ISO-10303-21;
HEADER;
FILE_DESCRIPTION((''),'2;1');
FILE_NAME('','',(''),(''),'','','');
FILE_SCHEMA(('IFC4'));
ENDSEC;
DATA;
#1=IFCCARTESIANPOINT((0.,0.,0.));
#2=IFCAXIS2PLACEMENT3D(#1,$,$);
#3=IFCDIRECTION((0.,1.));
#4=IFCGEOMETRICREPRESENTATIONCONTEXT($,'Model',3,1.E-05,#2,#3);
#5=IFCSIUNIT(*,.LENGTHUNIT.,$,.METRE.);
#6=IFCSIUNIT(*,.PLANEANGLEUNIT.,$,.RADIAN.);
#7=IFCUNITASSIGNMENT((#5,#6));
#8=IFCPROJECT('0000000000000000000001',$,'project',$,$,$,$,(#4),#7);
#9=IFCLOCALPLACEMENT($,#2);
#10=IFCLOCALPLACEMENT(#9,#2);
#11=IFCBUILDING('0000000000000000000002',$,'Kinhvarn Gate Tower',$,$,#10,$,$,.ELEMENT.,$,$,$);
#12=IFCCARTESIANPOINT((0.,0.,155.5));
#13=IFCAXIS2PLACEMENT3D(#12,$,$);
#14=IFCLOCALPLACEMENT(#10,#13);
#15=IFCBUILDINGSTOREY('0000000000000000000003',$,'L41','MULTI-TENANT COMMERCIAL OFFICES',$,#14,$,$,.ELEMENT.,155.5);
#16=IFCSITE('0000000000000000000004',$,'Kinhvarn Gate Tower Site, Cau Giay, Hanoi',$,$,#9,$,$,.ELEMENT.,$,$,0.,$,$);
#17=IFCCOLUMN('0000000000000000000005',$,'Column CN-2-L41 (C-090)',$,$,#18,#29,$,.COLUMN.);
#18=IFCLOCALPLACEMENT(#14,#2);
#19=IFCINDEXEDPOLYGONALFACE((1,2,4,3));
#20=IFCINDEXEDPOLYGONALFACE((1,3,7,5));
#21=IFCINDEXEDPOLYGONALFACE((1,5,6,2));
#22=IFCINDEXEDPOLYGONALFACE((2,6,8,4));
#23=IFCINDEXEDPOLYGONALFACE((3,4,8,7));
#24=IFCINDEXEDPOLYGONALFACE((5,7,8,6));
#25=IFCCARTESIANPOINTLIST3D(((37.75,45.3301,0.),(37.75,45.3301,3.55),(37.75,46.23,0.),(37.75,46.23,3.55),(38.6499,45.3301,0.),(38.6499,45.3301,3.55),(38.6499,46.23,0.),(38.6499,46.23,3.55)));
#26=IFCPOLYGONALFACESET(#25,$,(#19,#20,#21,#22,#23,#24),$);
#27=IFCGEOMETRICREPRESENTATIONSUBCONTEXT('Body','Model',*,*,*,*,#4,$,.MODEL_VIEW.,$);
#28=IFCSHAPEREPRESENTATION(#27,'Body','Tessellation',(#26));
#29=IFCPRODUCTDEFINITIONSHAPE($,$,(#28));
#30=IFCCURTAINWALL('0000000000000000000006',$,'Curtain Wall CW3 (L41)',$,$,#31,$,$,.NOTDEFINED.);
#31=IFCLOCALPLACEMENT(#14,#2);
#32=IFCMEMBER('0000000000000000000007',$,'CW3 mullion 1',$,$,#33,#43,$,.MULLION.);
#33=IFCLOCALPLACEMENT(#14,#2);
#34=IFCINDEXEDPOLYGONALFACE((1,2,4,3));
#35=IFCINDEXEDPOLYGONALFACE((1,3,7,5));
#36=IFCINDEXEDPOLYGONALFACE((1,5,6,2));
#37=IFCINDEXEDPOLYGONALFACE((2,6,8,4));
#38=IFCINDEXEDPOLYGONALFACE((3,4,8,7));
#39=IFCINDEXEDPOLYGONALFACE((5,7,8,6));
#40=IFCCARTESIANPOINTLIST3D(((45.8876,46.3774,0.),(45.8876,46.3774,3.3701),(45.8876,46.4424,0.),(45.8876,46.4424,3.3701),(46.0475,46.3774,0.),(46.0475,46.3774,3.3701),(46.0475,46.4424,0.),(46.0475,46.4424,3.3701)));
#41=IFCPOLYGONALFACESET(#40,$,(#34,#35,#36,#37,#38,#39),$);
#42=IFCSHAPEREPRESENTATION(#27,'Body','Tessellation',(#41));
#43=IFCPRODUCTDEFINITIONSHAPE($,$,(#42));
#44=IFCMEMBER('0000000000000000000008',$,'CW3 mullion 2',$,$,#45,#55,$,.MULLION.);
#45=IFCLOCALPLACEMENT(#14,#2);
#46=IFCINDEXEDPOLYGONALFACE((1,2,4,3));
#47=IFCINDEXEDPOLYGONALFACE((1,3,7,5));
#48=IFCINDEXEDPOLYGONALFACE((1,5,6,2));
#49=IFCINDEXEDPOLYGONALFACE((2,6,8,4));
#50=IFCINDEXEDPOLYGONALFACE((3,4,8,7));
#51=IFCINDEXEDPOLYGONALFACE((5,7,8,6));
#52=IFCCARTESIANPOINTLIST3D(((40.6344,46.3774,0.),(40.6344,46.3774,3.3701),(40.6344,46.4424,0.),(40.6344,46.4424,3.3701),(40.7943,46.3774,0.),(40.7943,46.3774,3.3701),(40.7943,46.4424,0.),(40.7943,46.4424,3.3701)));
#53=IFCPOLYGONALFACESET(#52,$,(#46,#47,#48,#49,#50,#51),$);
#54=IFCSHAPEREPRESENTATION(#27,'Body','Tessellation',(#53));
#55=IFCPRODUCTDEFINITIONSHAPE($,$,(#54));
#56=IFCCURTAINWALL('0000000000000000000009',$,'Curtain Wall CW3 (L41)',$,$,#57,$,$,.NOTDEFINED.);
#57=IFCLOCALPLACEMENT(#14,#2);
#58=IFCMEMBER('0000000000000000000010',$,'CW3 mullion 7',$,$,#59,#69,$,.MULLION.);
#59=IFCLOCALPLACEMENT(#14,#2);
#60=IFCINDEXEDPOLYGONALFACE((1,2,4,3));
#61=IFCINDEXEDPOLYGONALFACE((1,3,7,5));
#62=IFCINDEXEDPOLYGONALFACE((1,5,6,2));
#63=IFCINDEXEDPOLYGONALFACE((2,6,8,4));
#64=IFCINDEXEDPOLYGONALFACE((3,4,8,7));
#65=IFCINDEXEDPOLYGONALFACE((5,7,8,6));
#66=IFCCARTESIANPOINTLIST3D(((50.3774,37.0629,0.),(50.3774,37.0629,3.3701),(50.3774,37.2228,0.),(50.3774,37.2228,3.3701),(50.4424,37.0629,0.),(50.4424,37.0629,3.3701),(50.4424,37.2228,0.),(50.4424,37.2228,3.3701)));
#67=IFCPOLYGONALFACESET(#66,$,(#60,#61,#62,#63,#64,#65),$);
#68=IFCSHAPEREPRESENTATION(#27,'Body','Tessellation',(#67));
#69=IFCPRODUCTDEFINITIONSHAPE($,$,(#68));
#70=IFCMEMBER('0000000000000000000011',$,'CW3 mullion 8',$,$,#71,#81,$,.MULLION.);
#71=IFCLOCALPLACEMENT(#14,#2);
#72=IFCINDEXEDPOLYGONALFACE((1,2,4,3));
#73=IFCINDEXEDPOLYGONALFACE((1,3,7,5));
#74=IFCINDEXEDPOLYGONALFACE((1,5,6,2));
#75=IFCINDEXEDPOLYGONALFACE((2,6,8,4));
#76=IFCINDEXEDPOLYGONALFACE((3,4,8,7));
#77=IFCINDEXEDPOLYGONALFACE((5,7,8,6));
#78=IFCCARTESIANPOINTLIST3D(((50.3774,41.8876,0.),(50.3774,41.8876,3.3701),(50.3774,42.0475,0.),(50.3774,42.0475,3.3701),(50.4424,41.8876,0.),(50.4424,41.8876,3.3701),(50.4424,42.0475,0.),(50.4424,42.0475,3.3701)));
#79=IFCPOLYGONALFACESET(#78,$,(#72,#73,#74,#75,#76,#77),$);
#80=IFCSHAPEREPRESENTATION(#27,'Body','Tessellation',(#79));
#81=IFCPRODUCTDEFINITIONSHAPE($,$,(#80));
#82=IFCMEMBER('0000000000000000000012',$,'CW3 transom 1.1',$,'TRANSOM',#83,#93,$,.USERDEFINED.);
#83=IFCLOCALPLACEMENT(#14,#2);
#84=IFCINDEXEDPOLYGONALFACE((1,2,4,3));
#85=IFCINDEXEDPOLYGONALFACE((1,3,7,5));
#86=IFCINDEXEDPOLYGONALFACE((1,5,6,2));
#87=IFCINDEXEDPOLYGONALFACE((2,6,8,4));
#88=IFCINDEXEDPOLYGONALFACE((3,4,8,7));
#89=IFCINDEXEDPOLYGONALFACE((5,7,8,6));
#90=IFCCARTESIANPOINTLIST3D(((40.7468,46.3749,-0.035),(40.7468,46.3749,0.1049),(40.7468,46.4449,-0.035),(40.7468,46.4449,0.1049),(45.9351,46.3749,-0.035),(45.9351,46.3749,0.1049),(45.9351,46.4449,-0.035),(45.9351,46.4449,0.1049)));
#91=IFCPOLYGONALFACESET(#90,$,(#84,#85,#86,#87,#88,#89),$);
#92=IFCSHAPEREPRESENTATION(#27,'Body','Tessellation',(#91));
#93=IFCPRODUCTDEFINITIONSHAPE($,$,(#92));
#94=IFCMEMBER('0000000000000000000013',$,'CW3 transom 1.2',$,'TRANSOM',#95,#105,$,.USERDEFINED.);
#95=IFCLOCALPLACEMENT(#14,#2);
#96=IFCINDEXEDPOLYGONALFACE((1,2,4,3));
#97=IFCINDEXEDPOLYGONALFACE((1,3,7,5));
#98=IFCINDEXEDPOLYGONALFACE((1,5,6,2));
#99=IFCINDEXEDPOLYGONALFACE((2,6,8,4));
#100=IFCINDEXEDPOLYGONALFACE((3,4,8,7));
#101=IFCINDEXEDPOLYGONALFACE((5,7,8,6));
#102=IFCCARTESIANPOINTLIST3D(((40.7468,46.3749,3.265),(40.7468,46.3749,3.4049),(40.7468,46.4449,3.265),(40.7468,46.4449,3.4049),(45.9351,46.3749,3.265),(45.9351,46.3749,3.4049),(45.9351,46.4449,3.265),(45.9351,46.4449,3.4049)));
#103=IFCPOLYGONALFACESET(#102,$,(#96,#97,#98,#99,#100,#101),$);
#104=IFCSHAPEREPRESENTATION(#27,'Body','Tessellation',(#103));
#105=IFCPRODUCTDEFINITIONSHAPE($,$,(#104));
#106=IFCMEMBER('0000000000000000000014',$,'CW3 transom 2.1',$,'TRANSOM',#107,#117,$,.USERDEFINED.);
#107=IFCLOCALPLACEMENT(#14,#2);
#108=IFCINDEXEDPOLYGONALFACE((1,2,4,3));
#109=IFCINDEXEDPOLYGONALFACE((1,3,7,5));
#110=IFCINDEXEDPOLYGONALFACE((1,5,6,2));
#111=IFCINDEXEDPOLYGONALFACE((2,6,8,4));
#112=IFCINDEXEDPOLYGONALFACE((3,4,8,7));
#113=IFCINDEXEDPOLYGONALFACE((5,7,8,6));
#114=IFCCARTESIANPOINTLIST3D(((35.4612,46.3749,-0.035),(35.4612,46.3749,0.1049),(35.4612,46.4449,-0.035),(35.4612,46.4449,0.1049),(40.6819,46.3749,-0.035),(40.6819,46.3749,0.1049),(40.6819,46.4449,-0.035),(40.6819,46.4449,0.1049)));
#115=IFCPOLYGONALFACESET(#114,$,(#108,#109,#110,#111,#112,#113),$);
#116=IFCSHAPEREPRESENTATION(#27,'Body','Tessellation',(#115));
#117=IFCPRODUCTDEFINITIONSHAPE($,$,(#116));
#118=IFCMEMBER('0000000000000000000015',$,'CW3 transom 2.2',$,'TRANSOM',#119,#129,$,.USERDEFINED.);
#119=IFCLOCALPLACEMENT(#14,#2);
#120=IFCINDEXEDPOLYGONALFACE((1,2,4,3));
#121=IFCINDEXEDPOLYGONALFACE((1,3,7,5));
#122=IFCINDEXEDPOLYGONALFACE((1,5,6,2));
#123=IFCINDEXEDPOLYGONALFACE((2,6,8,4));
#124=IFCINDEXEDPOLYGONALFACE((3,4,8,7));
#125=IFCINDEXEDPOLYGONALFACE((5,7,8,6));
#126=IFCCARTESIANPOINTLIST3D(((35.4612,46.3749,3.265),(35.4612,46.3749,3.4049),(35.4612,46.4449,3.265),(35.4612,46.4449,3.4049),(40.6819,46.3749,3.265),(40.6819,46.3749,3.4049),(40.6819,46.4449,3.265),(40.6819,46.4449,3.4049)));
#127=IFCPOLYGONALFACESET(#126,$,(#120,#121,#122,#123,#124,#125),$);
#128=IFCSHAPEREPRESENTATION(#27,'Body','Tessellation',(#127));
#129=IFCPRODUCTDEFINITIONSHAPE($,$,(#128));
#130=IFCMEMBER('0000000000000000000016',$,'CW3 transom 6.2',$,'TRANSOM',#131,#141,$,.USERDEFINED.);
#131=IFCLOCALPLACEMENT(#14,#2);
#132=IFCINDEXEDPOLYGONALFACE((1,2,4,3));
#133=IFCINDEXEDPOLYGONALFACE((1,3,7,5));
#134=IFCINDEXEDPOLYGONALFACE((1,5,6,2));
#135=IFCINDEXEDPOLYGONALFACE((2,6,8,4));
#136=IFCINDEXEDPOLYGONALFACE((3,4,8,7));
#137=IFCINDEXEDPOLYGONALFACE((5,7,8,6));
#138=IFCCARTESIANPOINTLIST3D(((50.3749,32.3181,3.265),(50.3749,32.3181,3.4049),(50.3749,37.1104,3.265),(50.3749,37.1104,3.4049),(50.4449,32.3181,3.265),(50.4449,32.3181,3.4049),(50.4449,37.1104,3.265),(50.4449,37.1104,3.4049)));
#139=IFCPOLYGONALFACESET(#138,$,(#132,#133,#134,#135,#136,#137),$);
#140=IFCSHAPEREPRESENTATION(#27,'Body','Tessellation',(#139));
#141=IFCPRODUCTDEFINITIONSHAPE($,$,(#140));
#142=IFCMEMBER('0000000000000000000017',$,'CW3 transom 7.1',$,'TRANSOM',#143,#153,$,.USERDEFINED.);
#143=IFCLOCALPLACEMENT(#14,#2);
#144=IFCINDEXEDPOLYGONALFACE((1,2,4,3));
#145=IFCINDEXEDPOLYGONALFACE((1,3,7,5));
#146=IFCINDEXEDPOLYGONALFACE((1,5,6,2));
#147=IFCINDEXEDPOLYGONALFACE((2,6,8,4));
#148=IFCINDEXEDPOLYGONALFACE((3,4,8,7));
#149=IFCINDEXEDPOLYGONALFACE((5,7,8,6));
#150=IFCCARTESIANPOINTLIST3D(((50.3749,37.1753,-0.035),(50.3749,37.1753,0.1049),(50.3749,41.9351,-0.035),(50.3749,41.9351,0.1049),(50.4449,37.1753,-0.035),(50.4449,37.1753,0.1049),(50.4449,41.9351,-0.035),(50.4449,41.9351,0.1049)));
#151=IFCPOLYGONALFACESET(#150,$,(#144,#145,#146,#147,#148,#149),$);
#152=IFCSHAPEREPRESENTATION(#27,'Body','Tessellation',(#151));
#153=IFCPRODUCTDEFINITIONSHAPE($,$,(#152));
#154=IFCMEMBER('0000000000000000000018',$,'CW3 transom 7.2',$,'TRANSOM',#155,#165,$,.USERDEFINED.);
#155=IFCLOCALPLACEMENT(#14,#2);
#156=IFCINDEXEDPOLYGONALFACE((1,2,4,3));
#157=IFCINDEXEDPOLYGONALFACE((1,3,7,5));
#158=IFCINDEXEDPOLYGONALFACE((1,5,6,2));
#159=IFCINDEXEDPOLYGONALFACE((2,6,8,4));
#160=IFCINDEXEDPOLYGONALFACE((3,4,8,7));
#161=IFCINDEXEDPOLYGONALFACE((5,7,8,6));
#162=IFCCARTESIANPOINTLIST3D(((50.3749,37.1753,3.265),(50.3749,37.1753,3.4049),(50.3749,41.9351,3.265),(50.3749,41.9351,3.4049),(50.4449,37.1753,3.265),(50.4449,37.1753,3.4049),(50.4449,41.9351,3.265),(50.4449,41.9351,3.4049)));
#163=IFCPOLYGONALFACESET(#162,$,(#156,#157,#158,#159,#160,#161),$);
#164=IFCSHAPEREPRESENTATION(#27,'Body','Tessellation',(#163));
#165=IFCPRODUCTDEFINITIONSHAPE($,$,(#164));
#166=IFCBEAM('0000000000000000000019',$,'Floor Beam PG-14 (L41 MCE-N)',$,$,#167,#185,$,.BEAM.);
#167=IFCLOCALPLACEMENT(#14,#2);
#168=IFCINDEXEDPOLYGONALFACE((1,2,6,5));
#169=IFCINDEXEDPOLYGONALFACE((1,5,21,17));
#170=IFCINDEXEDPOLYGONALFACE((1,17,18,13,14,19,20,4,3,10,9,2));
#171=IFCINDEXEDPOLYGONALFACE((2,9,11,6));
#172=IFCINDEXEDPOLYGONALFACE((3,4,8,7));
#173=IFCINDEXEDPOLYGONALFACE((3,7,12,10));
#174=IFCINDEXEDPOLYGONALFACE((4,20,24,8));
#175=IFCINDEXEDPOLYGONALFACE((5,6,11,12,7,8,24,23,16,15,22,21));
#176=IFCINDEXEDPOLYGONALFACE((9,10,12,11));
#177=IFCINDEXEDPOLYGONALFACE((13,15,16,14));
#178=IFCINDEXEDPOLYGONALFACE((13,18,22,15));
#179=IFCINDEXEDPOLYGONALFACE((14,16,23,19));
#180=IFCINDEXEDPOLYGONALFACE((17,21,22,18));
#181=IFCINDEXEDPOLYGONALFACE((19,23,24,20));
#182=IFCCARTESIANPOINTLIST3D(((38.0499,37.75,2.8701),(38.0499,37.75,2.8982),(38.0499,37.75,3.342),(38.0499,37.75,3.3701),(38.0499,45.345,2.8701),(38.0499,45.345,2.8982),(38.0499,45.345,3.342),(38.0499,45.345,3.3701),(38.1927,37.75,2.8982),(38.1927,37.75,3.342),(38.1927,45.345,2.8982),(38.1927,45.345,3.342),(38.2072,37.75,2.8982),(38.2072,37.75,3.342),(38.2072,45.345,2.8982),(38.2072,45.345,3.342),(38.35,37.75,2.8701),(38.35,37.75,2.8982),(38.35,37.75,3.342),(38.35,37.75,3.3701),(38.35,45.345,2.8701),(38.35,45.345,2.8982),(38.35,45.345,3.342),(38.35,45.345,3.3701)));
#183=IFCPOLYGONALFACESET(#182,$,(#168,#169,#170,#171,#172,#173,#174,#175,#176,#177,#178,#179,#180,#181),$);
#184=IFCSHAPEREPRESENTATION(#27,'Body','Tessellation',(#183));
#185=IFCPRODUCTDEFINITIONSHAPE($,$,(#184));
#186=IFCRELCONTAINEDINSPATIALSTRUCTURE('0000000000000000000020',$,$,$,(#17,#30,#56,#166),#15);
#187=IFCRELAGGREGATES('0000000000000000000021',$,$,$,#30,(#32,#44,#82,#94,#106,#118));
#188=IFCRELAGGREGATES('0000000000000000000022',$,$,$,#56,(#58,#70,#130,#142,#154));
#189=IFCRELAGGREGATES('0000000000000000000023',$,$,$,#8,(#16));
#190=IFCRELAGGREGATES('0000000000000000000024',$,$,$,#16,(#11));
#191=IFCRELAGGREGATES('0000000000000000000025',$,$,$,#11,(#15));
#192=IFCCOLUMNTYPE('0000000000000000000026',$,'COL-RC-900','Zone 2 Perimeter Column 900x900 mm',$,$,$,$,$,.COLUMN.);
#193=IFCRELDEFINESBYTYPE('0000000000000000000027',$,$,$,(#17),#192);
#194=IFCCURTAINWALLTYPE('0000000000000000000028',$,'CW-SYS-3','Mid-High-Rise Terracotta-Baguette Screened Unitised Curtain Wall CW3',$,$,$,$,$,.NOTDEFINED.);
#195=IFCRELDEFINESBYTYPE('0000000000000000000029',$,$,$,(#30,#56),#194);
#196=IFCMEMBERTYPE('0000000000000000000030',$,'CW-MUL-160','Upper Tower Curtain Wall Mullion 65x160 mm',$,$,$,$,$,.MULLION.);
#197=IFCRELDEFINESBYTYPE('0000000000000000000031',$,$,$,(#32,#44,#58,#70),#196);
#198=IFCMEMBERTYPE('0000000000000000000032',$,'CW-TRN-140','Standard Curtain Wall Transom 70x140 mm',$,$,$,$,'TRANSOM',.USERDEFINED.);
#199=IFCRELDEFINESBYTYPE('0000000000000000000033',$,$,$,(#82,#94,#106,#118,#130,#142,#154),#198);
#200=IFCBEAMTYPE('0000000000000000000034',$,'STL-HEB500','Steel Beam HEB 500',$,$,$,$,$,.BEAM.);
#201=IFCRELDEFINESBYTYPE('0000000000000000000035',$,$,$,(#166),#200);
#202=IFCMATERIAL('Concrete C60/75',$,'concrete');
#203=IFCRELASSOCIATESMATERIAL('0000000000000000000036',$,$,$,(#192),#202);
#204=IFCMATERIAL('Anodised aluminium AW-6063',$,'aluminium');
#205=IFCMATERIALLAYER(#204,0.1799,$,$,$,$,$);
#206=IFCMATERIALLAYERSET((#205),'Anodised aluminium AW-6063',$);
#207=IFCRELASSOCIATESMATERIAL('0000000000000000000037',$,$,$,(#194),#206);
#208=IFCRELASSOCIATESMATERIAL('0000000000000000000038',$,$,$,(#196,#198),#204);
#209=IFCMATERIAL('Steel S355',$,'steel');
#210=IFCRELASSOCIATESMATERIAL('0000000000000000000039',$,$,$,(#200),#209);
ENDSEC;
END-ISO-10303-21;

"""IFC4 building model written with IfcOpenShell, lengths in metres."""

from ifc_helpers import new_model, si_unit, direction, frame, origin, origin_2d, place, context, subcontext, project, spatial, rectangle, i_section, extrude, material, layer, layer_set, material_profile, profile_set, type_object, element, aggregate, save


model = new_model("IFC4")

# Units and contexts
model_context = context("Model", 3, precision=1e-05, world=origin(), true_north=direction((0.0, 1.0)))
body_context = subcontext(model_context, "Body", "Model", "MODEL_VIEW")
ifc_project = project(units=[si_unit("LENGTHUNIT", "METRE"), si_unit("PLANEANGLEUNIT", "RADIAN")], contexts=[model_context])

# Site, building, storey
site_placement = place(None, origin())
site = spatial("IfcSite", under=ifc_project, at=site_placement, Name="Kinhvarn Gate Tower Site, Cau Giay, Hanoi", CompositionType="ELEMENT", RefElevation=0.0)
building_placement = place(site_placement, origin())
building = spatial("IfcBuilding", under=site, at=building_placement, Name="Kinhvarn Gate Tower", CompositionType="ELEMENT")
storey_placement = place(building_placement, frame((0.0, 0.0, 155.5)))
storey = spatial("IfcBuildingStorey", under=building, at=storey_placement, Name="L41", Description="MULTI-TENANT COMMERCIAL OFFICES", CompositionType="ELEMENT", Elevation=155.5)

# Column
ifc_material_1 = material(Name="Concrete C60/75", Category="concrete")
ifc_material_profile_1 = material_profile(ifc_material_1, rectangle(XDim=0.8999, YDim=0.8999, at=origin_2d()), Name="RC 900x900")
ifc_profile_set_1 = profile_set([ifc_material_profile_1], Name="Concrete C60/75")
column_type = type_object("IfcColumnType", Name="COL-RC-900", Description="Zone 2 Perimeter Column 900x900 mm", PredefinedType="COLUMN", material=ifc_profile_set_1)
column_placement = place(storey_placement, frame((38.2, 45.78, 0.0), z_axis=(0.0, 0.0, 1.0), x_axis=(1.0, 0.0, 0.0)))
element("IfcColumn", 1, at=column_placement, inside=storey, type_object=column_type, Name="Column CN-2-L41 (C-090)", PredefinedType="COLUMN", context=body_context, shape_type="SweptSolid", body=[
    extrude(rectangle(XDim=0.8999, YDim=0.8999, at=origin_2d()), origin(), (0.0, 0.0, 1.0), 3.55),
])

# Curtain walls, members
ifc_material_2 = material(Name="Anodised aluminium AW-6063", Category="aluminium")
ifc_layer_1 = layer(ifc_material_2, 0.1799)
ifc_layer_set_1 = layer_set([ifc_layer_1], Name="Anodised aluminium AW-6063")
curtain_wall_type = type_object("IfcCurtainWallType", Name="CW-SYS-3", Description="Mid-High-Rise Terracotta-Baguette Screened Unitised Curtain Wall CW3", PredefinedType="NOTDEFINED", material=ifc_layer_set_1)
curtain_wall_1_placement = place(storey_placement, origin())
curtain_wall_1 = element("IfcCurtainWall", 2, at=curtain_wall_1_placement, inside=storey, type_object=curtain_wall_type, Name="Curtain Wall CW3 (L41)", PredefinedType="NOTDEFINED")
ifc_material_profile_2 = material_profile(ifc_material_2, rectangle(XDim=0.0649, YDim=0.1599, at=origin_2d()), Name="ALU 65x160")
ifc_profile_set_2 = profile_set([ifc_material_profile_2], Name="Anodised aluminium AW-6063")
member_type_1 = type_object("IfcMemberType", Name="CW-MUL-160", Description="Upper Tower Curtain Wall Mullion 65x160 mm", PredefinedType="MULLION", material=ifc_profile_set_2)
member_1_placement = place(storey_placement, frame((45.9675, 46.4099, 0.0), z_axis=(0.0, 0.0, 1.0), x_axis=(0.0, -1.0, 0.0)))
member_1 = element("IfcMember", 3, at=member_1_placement, type_object=member_type_1, Name="CW3 mullion 1", PredefinedType="MULLION", context=body_context, shape_type="SweptSolid", body=[
    extrude(rectangle(XDim=0.0649, YDim=0.1599, at=origin_2d()), origin(), (0.0, 0.0, 1.0), 3.3701),
])
member_2_placement = place(storey_placement, frame((40.7144, 46.4099, 0.0), z_axis=(0.0, 0.0, 1.0), x_axis=(0.0, -1.0, 0.0)))
member_2 = element("IfcMember", 4, at=member_2_placement, type_object=member_type_1, Name="CW3 mullion 2", PredefinedType="MULLION", context=body_context, shape_type="SweptSolid", body=[
    extrude(rectangle(XDim=0.0649, YDim=0.1599, at=origin_2d()), origin(), (0.0, 0.0, 1.0), 3.3701),
])
curtain_wall_2_placement = place(storey_placement, origin())
curtain_wall_2 = element("IfcCurtainWall", 5, at=curtain_wall_2_placement, inside=storey, type_object=curtain_wall_type, Name="Curtain Wall CW3 (L41)", PredefinedType="NOTDEFINED")
member_3_placement = place(storey_placement, frame((50.4099, 37.1428, 0.0), z_axis=(0.0, 0.0, 1.0), x_axis=(-1.0, 0.0, 0.0)))
member_3 = element("IfcMember", 6, at=member_3_placement, type_object=member_type_1, Name="CW3 mullion 7", PredefinedType="MULLION", context=body_context, shape_type="SweptSolid", body=[
    extrude(rectangle(XDim=0.0649, YDim=0.1599, at=origin_2d()), origin(), (0.0, 0.0, 1.0), 3.3701),
])
member_4_placement = place(storey_placement, frame((50.4099, 41.9675, 0.0), z_axis=(0.0, 0.0, 1.0), x_axis=(-1.0, 0.0, 0.0)))
member_4 = element("IfcMember", 7, at=member_4_placement, type_object=member_type_1, Name="CW3 mullion 8", PredefinedType="MULLION", context=body_context, shape_type="SweptSolid", body=[
    extrude(rectangle(XDim=0.0649, YDim=0.1599, at=origin_2d()), origin(), (0.0, 0.0, 1.0), 3.3701),
])

# Members
ifc_material_profile_3 = material_profile(ifc_material_2, rectangle(XDim=0.0701, YDim=0.1399, at=origin_2d()), Name="ALU 70x140")
ifc_profile_set_3 = profile_set([ifc_material_profile_3], Name="Anodised aluminium AW-6063")
member_type_2 = type_object("IfcMemberType", Name="CW-TRN-140", Description="Standard Curtain Wall Transom 70x140 mm", ElementType="TRANSOM", PredefinedType="USERDEFINED", material=ifc_profile_set_3)
member_5_placement = place(storey_placement, frame((45.9351, 46.4099, 0.0349), z_axis=(-1.0, 0.0, 0.0), x_axis=(0.0, -1.0, 0.0)))
member_5 = element("IfcMember", 8, at=member_5_placement, type_object=member_type_2, Name="CW3 transom 1.1", ObjectType="TRANSOM", PredefinedType="USERDEFINED", context=body_context, shape_type="SweptSolid", body=[
    extrude(rectangle(XDim=0.0701, YDim=0.1399, at=origin_2d()), origin(), (0.0, 0.0, 1.0), 5.1882),
])
member_6_placement = place(storey_placement, frame((45.9351, 46.4099, 3.335), z_axis=(-1.0, 0.0, 0.0), x_axis=(0.0, -1.0, 0.0)))
member_6 = element("IfcMember", 9, at=member_6_placement, type_object=member_type_2, Name="CW3 transom 1.2", ObjectType="TRANSOM", PredefinedType="USERDEFINED", context=body_context, shape_type="SweptSolid", body=[
    extrude(rectangle(XDim=0.0701, YDim=0.1399, at=origin_2d()), origin(), (0.0, 0.0, 1.0), 5.1882),
])
member_7_placement = place(storey_placement, frame((40.6819, 46.4099, 0.0349), z_axis=(-1.0, 0.0, 0.0), x_axis=(0.0, -1.0, 0.0)))
member_7 = element("IfcMember", 10, at=member_7_placement, type_object=member_type_2, Name="CW3 transom 2.1", ObjectType="TRANSOM", PredefinedType="USERDEFINED", context=body_context, shape_type="SweptSolid", body=[
    extrude(rectangle(XDim=0.0701, YDim=0.1399, at=origin_2d()), origin(), (0.0, 0.0, 1.0), 5.2207),
])
member_8_placement = place(storey_placement, frame((40.6819, 46.4099, 3.335), z_axis=(-1.0, 0.0, 0.0), x_axis=(0.0, -1.0, 0.0)))
member_8 = element("IfcMember", 11, at=member_8_placement, type_object=member_type_2, Name="CW3 transom 2.2", ObjectType="TRANSOM", PredefinedType="USERDEFINED", context=body_context, shape_type="SweptSolid", body=[
    extrude(rectangle(XDim=0.0701, YDim=0.1399, at=origin_2d()), origin(), (0.0, 0.0, 1.0), 5.2207),
])
member_9_placement = place(storey_placement, frame((50.4099, 32.3181, 3.335), z_axis=(0.0, 1.0, 0.0), x_axis=(-1.0, 0.0, 0.0)))
member_9 = element("IfcMember", 12, at=member_9_placement, type_object=member_type_2, Name="CW3 transom 6.2", ObjectType="TRANSOM", PredefinedType="USERDEFINED", context=body_context, shape_type="SweptSolid", body=[
    extrude(rectangle(XDim=0.0701, YDim=0.1399, at=origin_2d()), origin(), (0.0, 0.0, 1.0), 4.7922),
])
member_10_placement = place(storey_placement, frame((50.4099, 37.1753, 0.0349), z_axis=(0.0, 1.0, 0.0), x_axis=(-1.0, 0.0, 0.0)))
member_10 = element("IfcMember", 13, at=member_10_placement, type_object=member_type_2, Name="CW3 transom 7.1", ObjectType="TRANSOM", PredefinedType="USERDEFINED", context=body_context, shape_type="SweptSolid", body=[
    extrude(rectangle(XDim=0.0701, YDim=0.1399, at=origin_2d()), origin(), (0.0, 0.0, 1.0), 4.7598),
])
member_11_placement = place(storey_placement, frame((50.4099, 37.1753, 3.335), z_axis=(0.0, 1.0, 0.0), x_axis=(-1.0, 0.0, 0.0)))
member_11 = element("IfcMember", 14, at=member_11_placement, type_object=member_type_2, Name="CW3 transom 7.2", ObjectType="TRANSOM", PredefinedType="USERDEFINED", context=body_context, shape_type="SweptSolid", body=[
    extrude(rectangle(XDim=0.0701, YDim=0.1399, at=origin_2d()), origin(), (0.0, 0.0, 1.0), 4.7598),
])

# Beam
ifc_material_3 = material(Name="Steel S355", Category="steel")
ifc_material_profile_4 = material_profile(ifc_material_3, i_section(OverallWidth=0.3, OverallDepth=0.5, WebThickness=0.0144, FlangeThickness=0.0281, at=origin_2d()), Name="HEB 500")
ifc_profile_set_4 = profile_set([ifc_material_profile_4], Name="Steel S355")
beam_type = type_object("IfcBeamType", Name="STL-HEB500", Description="Steel Beam HEB 500", PredefinedType="BEAM", material=ifc_profile_set_4)
beam_placement = place(storey_placement, frame((38.2, 37.75, 3.1201), z_axis=(0.0, 1.0, 0.0), x_axis=(-1.0, 0.0, 0.0)))
element("IfcBeam", 15, at=beam_placement, inside=storey, type_object=beam_type, Name="Floor Beam PG-14 (L41 MCE-N)", PredefinedType="BEAM", context=body_context, shape_type="SweptSolid", body=[
    extrude(i_section(OverallWidth=0.3, OverallDepth=0.5, WebThickness=0.0144, FlangeThickness=0.0281, at=origin_2d()), origin(), (0.0, 0.0, 1.0), 7.595),
])

aggregate(curtain_wall_1, [member_1, member_2, member_5, member_6, member_7, member_8])
aggregate(curtain_wall_2, [member_3, member_4, member_9, member_10, member_11])

save(model, "model.ifc")
